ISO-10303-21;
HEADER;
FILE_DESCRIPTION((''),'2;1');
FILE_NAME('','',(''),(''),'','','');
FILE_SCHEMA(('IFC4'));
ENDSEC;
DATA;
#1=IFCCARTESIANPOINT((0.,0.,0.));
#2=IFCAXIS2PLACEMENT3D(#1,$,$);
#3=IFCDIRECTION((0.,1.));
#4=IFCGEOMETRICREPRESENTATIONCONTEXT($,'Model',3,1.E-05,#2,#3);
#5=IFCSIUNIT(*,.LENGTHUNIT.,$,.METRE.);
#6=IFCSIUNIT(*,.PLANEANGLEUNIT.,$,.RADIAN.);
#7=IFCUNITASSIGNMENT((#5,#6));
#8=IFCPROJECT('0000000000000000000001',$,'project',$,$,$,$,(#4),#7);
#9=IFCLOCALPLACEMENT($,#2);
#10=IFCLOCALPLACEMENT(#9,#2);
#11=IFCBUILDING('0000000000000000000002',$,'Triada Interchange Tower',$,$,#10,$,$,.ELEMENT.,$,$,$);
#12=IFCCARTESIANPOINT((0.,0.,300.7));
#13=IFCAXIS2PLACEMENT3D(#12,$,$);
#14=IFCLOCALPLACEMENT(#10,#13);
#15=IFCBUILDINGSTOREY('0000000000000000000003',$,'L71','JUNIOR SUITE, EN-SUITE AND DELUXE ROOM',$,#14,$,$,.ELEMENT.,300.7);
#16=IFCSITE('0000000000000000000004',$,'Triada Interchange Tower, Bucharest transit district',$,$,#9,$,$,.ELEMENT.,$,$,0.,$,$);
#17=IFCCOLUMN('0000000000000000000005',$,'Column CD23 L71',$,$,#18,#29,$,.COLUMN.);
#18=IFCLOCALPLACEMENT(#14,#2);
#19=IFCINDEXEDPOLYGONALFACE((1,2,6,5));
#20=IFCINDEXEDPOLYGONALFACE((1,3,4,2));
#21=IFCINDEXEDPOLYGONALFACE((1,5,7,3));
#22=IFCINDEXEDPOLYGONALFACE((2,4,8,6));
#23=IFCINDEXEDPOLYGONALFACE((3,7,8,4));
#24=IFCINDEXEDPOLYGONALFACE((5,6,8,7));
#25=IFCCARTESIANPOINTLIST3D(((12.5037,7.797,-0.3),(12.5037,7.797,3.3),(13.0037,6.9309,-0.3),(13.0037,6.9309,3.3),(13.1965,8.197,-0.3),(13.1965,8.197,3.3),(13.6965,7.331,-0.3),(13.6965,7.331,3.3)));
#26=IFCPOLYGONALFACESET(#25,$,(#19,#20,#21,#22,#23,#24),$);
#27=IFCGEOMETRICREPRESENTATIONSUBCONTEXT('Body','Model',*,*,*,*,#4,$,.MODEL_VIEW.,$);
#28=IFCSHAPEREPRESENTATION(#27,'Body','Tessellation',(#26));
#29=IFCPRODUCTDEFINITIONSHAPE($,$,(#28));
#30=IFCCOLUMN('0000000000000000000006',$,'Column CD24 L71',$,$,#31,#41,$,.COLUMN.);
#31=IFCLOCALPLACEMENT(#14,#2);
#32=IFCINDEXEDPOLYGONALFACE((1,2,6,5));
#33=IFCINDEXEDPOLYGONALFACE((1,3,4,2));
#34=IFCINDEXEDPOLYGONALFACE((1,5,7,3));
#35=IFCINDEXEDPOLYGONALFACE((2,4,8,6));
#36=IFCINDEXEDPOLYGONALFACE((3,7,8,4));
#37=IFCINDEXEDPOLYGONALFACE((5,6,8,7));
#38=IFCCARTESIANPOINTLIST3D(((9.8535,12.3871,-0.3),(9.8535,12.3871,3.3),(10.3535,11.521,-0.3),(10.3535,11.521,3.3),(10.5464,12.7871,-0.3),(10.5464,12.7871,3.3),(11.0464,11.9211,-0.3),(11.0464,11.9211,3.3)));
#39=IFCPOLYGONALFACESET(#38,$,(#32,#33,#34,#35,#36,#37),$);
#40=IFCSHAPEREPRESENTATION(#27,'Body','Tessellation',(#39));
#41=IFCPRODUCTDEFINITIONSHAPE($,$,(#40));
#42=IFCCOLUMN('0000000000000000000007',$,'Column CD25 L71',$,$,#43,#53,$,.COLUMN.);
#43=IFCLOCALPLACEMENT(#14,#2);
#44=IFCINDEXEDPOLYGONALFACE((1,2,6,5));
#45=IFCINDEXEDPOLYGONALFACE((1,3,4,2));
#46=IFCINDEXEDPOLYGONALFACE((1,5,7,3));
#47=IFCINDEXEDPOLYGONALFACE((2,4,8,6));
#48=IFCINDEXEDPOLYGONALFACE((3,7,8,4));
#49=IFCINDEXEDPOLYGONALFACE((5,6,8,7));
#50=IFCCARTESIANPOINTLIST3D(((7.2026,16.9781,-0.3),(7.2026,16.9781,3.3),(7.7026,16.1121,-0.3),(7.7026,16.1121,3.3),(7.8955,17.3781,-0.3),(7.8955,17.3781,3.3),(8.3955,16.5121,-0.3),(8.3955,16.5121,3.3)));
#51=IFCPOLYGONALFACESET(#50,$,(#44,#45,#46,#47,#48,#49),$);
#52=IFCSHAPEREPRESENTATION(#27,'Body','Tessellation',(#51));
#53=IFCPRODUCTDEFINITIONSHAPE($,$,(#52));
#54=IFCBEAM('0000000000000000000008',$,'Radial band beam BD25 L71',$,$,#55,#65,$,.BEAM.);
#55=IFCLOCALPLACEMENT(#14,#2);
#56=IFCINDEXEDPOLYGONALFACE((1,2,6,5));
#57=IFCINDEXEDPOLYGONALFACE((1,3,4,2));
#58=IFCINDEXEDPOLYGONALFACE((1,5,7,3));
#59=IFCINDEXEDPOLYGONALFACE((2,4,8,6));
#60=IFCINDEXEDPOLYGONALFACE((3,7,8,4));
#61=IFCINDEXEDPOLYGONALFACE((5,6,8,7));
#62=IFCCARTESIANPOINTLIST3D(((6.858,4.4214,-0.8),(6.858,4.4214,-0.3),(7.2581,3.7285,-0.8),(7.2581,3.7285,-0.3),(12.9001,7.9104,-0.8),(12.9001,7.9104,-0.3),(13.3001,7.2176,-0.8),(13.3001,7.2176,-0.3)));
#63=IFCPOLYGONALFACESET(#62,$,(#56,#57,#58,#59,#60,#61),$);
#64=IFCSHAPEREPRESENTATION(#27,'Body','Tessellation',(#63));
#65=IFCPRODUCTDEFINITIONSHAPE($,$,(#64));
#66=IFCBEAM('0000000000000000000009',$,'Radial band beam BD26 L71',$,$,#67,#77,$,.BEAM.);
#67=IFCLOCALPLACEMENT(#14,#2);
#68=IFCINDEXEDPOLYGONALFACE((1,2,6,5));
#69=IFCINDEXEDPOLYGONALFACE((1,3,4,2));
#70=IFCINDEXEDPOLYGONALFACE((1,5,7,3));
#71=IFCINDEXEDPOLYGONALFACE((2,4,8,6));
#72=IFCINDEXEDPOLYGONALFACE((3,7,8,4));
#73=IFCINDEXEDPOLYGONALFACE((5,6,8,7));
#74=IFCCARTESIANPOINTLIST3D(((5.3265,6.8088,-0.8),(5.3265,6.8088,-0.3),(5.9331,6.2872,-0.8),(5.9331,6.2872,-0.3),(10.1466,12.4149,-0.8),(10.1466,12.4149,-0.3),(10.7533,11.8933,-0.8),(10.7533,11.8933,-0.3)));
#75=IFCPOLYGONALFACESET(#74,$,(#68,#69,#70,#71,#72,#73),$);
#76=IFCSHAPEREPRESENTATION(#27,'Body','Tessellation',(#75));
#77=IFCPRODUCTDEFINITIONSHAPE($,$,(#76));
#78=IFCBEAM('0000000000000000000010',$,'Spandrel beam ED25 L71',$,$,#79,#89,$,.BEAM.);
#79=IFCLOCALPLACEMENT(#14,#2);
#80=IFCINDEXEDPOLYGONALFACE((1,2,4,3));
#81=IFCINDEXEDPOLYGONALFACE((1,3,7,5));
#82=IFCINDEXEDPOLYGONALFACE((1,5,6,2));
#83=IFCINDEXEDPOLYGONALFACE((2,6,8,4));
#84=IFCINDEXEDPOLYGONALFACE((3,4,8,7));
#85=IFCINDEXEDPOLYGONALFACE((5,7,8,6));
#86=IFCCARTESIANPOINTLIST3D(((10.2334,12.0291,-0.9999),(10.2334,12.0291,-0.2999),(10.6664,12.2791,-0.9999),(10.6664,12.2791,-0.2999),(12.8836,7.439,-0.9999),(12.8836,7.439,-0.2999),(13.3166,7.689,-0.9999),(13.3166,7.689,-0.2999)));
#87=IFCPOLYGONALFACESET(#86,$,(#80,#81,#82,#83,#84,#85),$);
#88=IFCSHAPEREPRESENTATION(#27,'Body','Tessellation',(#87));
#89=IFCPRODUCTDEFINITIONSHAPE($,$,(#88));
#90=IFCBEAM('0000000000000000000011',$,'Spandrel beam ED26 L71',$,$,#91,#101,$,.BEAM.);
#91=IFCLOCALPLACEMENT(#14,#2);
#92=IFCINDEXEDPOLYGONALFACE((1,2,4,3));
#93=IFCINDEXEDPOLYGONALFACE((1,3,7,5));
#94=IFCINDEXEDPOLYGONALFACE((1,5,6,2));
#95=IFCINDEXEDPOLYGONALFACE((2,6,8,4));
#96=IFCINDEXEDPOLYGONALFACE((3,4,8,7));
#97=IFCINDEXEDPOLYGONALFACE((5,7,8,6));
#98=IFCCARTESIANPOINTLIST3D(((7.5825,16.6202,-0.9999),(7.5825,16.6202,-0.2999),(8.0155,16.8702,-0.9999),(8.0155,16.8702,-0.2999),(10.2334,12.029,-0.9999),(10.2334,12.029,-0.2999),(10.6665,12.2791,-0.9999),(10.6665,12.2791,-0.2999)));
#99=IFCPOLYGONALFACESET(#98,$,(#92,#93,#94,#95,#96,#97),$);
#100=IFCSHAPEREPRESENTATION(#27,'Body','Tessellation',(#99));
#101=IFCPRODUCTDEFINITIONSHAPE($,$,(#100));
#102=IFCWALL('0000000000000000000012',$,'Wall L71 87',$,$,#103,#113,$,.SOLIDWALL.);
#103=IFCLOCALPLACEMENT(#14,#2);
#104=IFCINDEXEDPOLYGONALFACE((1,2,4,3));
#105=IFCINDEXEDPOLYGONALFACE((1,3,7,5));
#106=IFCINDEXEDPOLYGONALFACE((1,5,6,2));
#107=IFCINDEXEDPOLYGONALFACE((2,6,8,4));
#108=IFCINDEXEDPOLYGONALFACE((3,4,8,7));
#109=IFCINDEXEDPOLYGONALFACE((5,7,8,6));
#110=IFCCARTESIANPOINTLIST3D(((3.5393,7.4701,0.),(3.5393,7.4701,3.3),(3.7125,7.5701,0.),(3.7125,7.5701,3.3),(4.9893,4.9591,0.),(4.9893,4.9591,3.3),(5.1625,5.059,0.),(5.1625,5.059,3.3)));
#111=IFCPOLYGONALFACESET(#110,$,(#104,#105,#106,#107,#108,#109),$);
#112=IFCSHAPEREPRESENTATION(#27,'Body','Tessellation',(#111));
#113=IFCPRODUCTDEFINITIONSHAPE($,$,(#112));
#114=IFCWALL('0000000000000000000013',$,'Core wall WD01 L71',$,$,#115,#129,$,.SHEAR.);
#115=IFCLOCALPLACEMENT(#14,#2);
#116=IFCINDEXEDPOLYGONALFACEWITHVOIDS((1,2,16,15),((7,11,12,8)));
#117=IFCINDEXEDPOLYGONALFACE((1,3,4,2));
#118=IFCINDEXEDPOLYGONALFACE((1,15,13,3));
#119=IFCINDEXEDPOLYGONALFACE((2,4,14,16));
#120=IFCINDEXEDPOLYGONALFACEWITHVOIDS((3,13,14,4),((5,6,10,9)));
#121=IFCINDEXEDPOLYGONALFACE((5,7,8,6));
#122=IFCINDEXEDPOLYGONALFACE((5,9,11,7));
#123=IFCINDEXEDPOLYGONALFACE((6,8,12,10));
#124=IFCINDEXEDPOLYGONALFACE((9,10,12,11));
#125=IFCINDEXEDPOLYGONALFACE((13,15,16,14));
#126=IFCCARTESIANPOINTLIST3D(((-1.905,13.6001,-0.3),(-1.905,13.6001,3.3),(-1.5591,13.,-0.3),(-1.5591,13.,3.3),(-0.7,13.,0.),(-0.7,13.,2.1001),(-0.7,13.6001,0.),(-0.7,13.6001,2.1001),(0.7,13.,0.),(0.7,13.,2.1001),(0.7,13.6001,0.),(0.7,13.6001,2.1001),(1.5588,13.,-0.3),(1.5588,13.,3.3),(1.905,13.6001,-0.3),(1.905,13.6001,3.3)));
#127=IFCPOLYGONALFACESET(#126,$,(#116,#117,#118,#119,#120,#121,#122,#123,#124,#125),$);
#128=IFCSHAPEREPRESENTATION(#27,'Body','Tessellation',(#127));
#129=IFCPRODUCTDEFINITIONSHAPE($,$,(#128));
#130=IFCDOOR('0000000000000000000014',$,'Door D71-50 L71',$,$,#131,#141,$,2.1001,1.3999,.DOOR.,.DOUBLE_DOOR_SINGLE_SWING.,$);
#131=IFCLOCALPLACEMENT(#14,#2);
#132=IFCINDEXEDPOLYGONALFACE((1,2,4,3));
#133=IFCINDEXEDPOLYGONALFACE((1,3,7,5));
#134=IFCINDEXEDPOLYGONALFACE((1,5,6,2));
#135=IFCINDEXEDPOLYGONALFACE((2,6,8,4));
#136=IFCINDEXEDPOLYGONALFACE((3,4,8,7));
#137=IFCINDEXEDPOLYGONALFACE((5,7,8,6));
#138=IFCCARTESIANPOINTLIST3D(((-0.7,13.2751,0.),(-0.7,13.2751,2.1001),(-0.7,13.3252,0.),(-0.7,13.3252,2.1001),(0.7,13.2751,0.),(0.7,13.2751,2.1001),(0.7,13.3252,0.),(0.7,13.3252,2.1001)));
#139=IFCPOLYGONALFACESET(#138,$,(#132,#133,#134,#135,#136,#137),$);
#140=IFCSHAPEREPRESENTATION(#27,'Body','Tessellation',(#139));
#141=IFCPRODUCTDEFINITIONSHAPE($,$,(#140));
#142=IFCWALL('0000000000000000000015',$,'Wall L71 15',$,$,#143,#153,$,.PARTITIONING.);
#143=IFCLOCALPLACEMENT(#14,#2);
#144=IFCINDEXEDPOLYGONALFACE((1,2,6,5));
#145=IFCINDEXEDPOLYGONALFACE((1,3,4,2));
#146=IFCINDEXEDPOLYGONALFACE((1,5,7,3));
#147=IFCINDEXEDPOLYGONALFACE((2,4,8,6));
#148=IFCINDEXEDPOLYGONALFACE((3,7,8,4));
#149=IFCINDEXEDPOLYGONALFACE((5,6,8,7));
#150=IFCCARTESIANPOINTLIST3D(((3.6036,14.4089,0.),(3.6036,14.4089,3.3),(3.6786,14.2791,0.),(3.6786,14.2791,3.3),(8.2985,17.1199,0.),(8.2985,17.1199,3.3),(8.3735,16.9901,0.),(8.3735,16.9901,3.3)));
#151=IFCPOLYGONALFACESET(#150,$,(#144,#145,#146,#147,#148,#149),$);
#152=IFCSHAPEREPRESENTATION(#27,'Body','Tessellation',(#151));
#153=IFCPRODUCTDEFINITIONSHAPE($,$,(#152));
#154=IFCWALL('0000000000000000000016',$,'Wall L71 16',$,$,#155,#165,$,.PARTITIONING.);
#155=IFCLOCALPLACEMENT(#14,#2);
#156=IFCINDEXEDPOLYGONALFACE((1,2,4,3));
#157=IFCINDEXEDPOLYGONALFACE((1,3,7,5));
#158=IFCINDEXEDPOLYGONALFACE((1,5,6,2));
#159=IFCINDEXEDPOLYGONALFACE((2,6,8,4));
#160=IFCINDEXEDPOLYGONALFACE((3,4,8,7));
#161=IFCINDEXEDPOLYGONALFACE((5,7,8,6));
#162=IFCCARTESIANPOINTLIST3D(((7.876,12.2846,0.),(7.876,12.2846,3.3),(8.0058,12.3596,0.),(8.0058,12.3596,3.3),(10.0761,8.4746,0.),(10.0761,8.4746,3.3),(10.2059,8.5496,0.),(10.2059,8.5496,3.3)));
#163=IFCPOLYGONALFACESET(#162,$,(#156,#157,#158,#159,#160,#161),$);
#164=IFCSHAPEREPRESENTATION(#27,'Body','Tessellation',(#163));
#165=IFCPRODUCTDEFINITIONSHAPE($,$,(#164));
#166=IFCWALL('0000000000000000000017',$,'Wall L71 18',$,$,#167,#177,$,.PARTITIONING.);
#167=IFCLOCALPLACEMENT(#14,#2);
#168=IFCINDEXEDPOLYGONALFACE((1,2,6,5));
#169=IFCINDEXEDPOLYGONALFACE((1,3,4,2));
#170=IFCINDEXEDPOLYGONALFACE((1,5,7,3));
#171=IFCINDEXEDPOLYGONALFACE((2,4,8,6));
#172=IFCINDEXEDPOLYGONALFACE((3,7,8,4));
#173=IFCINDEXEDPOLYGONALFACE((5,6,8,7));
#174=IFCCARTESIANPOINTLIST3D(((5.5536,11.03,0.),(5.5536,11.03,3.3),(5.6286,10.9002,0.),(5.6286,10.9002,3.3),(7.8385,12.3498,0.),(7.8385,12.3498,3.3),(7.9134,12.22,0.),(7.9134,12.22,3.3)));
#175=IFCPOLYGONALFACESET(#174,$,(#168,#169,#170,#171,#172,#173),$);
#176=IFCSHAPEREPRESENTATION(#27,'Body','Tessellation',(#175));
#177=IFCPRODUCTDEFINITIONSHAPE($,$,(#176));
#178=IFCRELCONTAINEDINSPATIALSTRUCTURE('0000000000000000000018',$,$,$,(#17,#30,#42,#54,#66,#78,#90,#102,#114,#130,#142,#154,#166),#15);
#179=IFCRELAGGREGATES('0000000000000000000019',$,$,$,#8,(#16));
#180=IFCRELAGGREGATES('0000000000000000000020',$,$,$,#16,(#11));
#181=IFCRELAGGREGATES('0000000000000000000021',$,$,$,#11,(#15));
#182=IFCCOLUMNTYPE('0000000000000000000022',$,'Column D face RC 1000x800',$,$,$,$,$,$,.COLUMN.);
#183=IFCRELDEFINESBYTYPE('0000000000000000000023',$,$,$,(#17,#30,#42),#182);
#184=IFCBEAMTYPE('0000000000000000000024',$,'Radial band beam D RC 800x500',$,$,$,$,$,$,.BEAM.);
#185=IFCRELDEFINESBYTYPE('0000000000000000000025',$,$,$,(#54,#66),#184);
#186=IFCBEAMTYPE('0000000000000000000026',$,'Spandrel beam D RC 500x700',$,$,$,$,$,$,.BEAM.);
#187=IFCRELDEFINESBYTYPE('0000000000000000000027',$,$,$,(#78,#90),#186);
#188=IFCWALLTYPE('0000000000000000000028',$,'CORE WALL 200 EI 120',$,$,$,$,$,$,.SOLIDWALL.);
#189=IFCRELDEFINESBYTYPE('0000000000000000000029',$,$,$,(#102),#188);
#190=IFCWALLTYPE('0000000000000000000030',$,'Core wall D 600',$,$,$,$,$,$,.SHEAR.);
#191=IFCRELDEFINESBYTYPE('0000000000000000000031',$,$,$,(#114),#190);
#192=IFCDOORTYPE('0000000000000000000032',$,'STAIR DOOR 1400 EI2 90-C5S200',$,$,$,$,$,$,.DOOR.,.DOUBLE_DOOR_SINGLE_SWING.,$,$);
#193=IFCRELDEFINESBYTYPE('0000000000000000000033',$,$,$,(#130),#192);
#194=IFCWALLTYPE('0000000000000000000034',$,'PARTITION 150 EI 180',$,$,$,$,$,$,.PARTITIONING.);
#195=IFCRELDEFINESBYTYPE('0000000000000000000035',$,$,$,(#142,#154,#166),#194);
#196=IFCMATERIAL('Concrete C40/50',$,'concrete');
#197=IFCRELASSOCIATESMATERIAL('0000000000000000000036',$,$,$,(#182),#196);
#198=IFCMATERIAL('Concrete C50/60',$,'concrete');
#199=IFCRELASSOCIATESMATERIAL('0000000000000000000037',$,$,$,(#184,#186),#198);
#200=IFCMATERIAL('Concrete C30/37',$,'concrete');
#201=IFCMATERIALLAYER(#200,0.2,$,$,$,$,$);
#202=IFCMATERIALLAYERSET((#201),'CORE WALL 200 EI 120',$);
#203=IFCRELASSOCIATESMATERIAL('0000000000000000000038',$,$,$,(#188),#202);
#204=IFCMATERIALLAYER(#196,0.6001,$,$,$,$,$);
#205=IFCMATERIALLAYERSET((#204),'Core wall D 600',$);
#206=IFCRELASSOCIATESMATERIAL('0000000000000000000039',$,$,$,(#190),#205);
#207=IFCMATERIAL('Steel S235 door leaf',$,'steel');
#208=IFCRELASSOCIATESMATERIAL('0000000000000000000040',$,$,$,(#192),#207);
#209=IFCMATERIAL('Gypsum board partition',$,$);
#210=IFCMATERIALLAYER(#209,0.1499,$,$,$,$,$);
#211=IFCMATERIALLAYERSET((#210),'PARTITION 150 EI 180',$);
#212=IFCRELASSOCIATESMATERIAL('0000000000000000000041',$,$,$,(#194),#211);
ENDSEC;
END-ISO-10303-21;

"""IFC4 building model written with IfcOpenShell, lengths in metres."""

from ifc_helpers import new_model, si_unit, direction, frame, frame_2d, origin, origin_2d, place, context, subcontext, project, spatial, polyline, rectangle, outline, extrude, material, layer, layer_set, material_profile, profile_set, type_object, element, fill, save


model = new_model("IFC4")

# Units and contexts
model_context = context("Model", 3, precision=1e-05, world=origin(), true_north=direction((0.0, 1.0)))
body_context = subcontext(model_context, "Body", "Model", "MODEL_VIEW")
ifc_project = project(units=[si_unit("LENGTHUNIT", "METRE"), si_unit("PLANEANGLEUNIT", "RADIAN")], contexts=[model_context])

# Site, building, storey
site_placement = place(None, origin())
site = spatial("IfcSite", under=ifc_project, at=site_placement, Name="Triada Interchange Tower, Bucharest transit district", CompositionType="ELEMENT", RefElevation=0.0)
building_placement = place(site_placement, origin())
building = spatial("IfcBuilding", under=site, at=building_placement, Name="Triada Interchange Tower", CompositionType="ELEMENT")
storey_placement = place(building_placement, frame((0.0, 0.0, 300.7)))
storey = spatial("IfcBuildingStorey", under=building, at=storey_placement, Name="L71", Description="JUNIOR SUITE, EN-SUITE AND DELUXE ROOM", CompositionType="ELEMENT", Elevation=300.7)

# Columns
ifc_material_1 = material(Name="Concrete C40/50", Category="concrete")
ifc_material_profile_1 = material_profile(ifc_material_1, rectangle(XDim=1.0, YDim=0.8, at=origin_2d()), Name="RC 1000x800")
ifc_profile_set_1 = profile_set([ifc_material_profile_1], Name="Concrete C40/50")
column_type = type_object("IfcColumnType", Name="Column D face RC 1000x800", PredefinedType="COLUMN", material=ifc_profile_set_1)
for number, where, z_axis, x_axis, name in (
    (1, (13.1001, 7.564, -0.3), (0.0, 0.0, 1.0), (-0.5, 0.866025, 0.0), "Column CD23 L71"),
    (2, (10.45, 12.1541, -0.3), (0.0, 0.0, 1.0), (-0.5, 0.866025, 0.0), "Column CD24 L71"),
    (3, (7.7991, 16.7451, -0.3), (0.0, 0.0, 1.0), (-0.5, 0.866025, 0.0), "Column CD25 L71"),
):
    element("IfcColumn", number, at=place(storey_placement, frame(where, z_axis=z_axis, x_axis=x_axis)), inside=storey, type_object=column_type, Name=name, PredefinedType="COLUMN", context=body_context, shape_type="SweptSolid", body=[
        extrude(rectangle(XDim=1.0, YDim=0.8, at=origin_2d()), origin(), (0.0, 0.0, 1.0), 3.6001),
    ])

# Beams
ifc_material_2 = material(Name="Concrete C50/60", Category="concrete")
ifc_material_profile_2 = material_profile(ifc_material_2, rectangle(XDim=0.8, YDim=0.5, at=origin_2d()), Name="RC 800x500")
ifc_profile_set_2 = profile_set([ifc_material_profile_2], Name="Concrete C50/60")
beam_type_1 = type_object("IfcBeamType", Name="Radial band beam D RC 800x500", PredefinedType="BEAM", material=ifc_profile_set_2)
beam_1_placement = place(storey_placement, frame((13.1001, 7.564, -0.55), z_axis=(-0.865984, -0.500072, 0.0), x_axis=(0.500072, -0.865984, 0.0)))
element("IfcBeam", 4, at=beam_1_placement, inside=storey, type_object=beam_type_1, Name="Radial band beam BD25 L71", PredefinedType="BEAM", context=body_context, shape_type="SweptSolid", body=[
    extrude(rectangle(XDim=0.8, YDim=0.5, at=origin_2d()), origin(), (0.0, 0.0, 1.0), 6.9771),
])
beam_2_placement = place(storey_placement, frame((10.45, 12.1541, -0.55), z_axis=(-0.651957, -0.758256, 0.0), x_axis=(0.758256, -0.651957, 0.0)))
element("IfcBeam", 5, at=beam_2_placement, inside=storey, type_object=beam_type_1, Name="Radial band beam BD26 L71", PredefinedType="BEAM", context=body_context, shape_type="SweptSolid", body=[
    extrude(rectangle(XDim=0.8, YDim=0.5, at=origin_2d()), origin(), (0.0, 0.0, 1.0), 7.3933),
])
ifc_material_profile_3 = material_profile(ifc_material_2, rectangle(XDim=0.5, YDim=0.7, at=origin_2d()), Name="RC 500x700")
ifc_profile_set_3 = profile_set([ifc_material_profile_3], Name="Concrete C50/60")
beam_type_2 = type_object("IfcBeamType", Name="Spandrel beam D RC 500x700", PredefinedType="BEAM", material=ifc_profile_set_3)
beam_3_placement = place(storey_placement, frame((13.1001, 7.564, -0.6499), z_axis=(-0.500008, 0.866021, 0.0), x_axis=(-0.866021, -0.500008, 0.0)))
element("IfcBeam", 6, at=beam_3_placement, inside=storey, type_object=beam_type_2, Name="Spandrel beam ED25 L71", PredefinedType="BEAM", context=body_context, shape_type="SweptSolid", body=[
    extrude(rectangle(XDim=0.5, YDim=0.7, at=origin_2d()), origin(), (0.0, 0.0, 1.0), 5.3003),
])
beam_4_placement = place(storey_placement, frame((10.45, 12.1541, -0.6499), z_axis=(-0.500032, 0.866007, 0.0), x_axis=(-0.866007, -0.500032, 0.0)))
element("IfcBeam", 7, at=beam_4_placement, inside=storey, type_object=beam_type_2, Name="Spandrel beam ED26 L71", PredefinedType="BEAM", context=body_context, shape_type="SweptSolid", body=[
    extrude(rectangle(XDim=0.5, YDim=0.7, at=origin_2d()), origin(), (0.0, 0.0, 1.0), 5.3015),
])

# Wall
ifc_material_3 = material(Name="Concrete C30/37", Category="concrete")
ifc_layer_1 = layer(ifc_material_3, 0.2)
ifc_layer_set_1 = layer_set([ifc_layer_1], Name="CORE WALL 200 EI 120")
wall_type_1 = type_object("IfcWallType", Name="CORE WALL 200 EI 120", PredefinedType="SOLIDWALL", material=ifc_layer_set_1)
wall_1_placement = place(storey_placement, frame((3.626, 7.52, 0.0), z_axis=(0.0, 0.0, 1.0), x_axis=(0.50006, -0.865991, 0.0)))
element("IfcWall", 8, at=wall_1_placement, inside=storey, type_object=wall_type_1, Name="Wall L71 87", PredefinedType="SOLIDWALL", context=body_context, shape_type="SweptSolid", body=[
    extrude(rectangle(XDim=2.8997, YDim=0.2, at=frame_2d((1.4497, 0.0))), origin(), (0.0, 0.0, 1.0), 3.3),
])

# Wall, opening, door
ifc_layer_2 = layer(ifc_material_1, 0.6001)
ifc_layer_set_2 = layer_set([ifc_layer_2], Name="Core wall D 600")
wall_type_2 = type_object("IfcWallType", Name="Core wall D 600", PredefinedType="SHEAR", material=ifc_layer_set_2)
wall_2_placement = place(storey_placement, frame((1.7319, 13.3, -0.3), z_axis=(0.0, 0.0, 1.0), x_axis=(-1.0, 0.0, 0.0)))
wall_2 = element("IfcWall", 9, at=wall_2_placement, inside=storey, type_object=wall_type_2, Name="Core wall WD01 L71", PredefinedType="SHEAR", context=body_context, shape_type="SweptSolid", body=[
    extrude(outline(polyline([(-0.1731, -0.3), (1.7319, -0.3), (3.637, -0.3), (3.291, 0.3), (1.7319, 0.3), (0.1731, 0.3), (-0.1731, -0.3)])), origin(), (0.0, 0.0, 1.0), 3.6001),
])
opening_1_placement = place(wall_2_placement, frame((1.032, 0.0, 0.3)))
opening_1 = element("IfcOpeningElement", 10, at=opening_1_placement, cuts=wall_2, PredefinedType="OPENING", context=body_context, shape_type="SweptSolid", body=[
    extrude(rectangle(XDim=1.3999, YDim=2.1001, at=frame_2d((0.7, 1.05))), frame((0.0, 0.3101, 0.0), z_axis=(0.0, -1.0, 0.0), x_axis=(1.0, 0.0, 0.0)), (0.0, 0.0, 1.0), 0.6201),
])
ifc_material_4 = material(Name="Steel S235 door leaf", Category="steel")
door_type_1 = type_object("IfcDoorType", Name="STAIR DOOR 1400 EI2 90-C5S200", OperationType="DOUBLE_DOOR_SINGLE_SWING", PredefinedType="DOOR", material=ifc_material_4)
door_1_placement = place(opening_1_placement, origin())
door_1 = element("IfcDoor", 11, at=door_1_placement, inside=storey, type_object=door_type_1, Name="Door D71-50 L71", OperationType="DOUBLE_DOOR_SINGLE_SWING", OverallHeight=2.1001, OverallWidth=1.3999, PredefinedType="DOOR", context=body_context, shape_type="SweptSolid", body=[
    extrude(rectangle(XDim=1.3999, YDim=2.1001, at=frame_2d((0.7, 1.05))), frame((0.0, 0.0249, 0.0), z_axis=(0.0, -1.0, 0.0), x_axis=(1.0, 0.0, 0.0)), (0.0, 0.0, 1.0), 0.05),
])
fill(opening_1, door_1)

# Walls
ifc_material_5 = material(Name="Gypsum board partition")
ifc_layer_3 = layer(ifc_material_5, 0.1499)
ifc_layer_set_3 = layer_set([ifc_layer_3], Name="PARTITION 150 EI 180")
wall_type_3 = type_object("IfcWallType", Name="PARTITION 150 EI 180", PredefinedType="PARTITIONING", material=ifc_layer_set_3)
wall_3_placement = place(storey_placement, frame((3.6411, 14.344, 0.0), z_axis=(0.0, 0.0, 1.0), x_axis=(0.865995, 0.500052, 0.0)))
element("IfcWall", 12, at=wall_3_placement, inside=storey, type_object=wall_type_3, Name="Wall L71 15", PredefinedType="PARTITIONING", context=body_context, shape_type="SweptSolid", body=[
    extrude(rectangle(XDim=5.4214, YDim=0.1499, at=frame_2d((2.7107, 0.0))), origin(), (0.0, 0.0, 1.0), 3.3),
])
wall_4_placement = place(storey_placement, frame((7.9409, 12.322, 0.0), z_axis=(0.0, 0.0, 1.0), x_axis=(0.500078, -0.86598, 0.0)))
element("IfcWall", 13, at=wall_4_placement, inside=storey, type_object=wall_type_3, Name="Wall L71 16", PredefinedType="PARTITIONING", context=body_context, shape_type="SweptSolid", body=[
    extrude(rectangle(XDim=4.3997, YDim=0.1499, at=frame_2d((2.1997, 0.0))), origin(), (0.0, 0.0, 1.0), 3.3),
])
wall_5_placement = place(storey_placement, frame((5.5911, 10.9651, 0.0), z_axis=(0.0, 0.0, 1.0), x_axis=(0.865922, 0.500179, 0.0)))
element("IfcWall", 14, at=wall_5_placement, inside=storey, type_object=wall_type_3, Name="Wall L71 18", PredefinedType="PARTITIONING", context=body_context, shape_type="SweptSolid", body=[
    extrude(rectangle(XDim=2.6387, YDim=0.1499, at=frame_2d((1.3193, 0.0))), origin(), (0.0, 0.0, 1.0), 3.3),
])

save(model, "model.ifc")
